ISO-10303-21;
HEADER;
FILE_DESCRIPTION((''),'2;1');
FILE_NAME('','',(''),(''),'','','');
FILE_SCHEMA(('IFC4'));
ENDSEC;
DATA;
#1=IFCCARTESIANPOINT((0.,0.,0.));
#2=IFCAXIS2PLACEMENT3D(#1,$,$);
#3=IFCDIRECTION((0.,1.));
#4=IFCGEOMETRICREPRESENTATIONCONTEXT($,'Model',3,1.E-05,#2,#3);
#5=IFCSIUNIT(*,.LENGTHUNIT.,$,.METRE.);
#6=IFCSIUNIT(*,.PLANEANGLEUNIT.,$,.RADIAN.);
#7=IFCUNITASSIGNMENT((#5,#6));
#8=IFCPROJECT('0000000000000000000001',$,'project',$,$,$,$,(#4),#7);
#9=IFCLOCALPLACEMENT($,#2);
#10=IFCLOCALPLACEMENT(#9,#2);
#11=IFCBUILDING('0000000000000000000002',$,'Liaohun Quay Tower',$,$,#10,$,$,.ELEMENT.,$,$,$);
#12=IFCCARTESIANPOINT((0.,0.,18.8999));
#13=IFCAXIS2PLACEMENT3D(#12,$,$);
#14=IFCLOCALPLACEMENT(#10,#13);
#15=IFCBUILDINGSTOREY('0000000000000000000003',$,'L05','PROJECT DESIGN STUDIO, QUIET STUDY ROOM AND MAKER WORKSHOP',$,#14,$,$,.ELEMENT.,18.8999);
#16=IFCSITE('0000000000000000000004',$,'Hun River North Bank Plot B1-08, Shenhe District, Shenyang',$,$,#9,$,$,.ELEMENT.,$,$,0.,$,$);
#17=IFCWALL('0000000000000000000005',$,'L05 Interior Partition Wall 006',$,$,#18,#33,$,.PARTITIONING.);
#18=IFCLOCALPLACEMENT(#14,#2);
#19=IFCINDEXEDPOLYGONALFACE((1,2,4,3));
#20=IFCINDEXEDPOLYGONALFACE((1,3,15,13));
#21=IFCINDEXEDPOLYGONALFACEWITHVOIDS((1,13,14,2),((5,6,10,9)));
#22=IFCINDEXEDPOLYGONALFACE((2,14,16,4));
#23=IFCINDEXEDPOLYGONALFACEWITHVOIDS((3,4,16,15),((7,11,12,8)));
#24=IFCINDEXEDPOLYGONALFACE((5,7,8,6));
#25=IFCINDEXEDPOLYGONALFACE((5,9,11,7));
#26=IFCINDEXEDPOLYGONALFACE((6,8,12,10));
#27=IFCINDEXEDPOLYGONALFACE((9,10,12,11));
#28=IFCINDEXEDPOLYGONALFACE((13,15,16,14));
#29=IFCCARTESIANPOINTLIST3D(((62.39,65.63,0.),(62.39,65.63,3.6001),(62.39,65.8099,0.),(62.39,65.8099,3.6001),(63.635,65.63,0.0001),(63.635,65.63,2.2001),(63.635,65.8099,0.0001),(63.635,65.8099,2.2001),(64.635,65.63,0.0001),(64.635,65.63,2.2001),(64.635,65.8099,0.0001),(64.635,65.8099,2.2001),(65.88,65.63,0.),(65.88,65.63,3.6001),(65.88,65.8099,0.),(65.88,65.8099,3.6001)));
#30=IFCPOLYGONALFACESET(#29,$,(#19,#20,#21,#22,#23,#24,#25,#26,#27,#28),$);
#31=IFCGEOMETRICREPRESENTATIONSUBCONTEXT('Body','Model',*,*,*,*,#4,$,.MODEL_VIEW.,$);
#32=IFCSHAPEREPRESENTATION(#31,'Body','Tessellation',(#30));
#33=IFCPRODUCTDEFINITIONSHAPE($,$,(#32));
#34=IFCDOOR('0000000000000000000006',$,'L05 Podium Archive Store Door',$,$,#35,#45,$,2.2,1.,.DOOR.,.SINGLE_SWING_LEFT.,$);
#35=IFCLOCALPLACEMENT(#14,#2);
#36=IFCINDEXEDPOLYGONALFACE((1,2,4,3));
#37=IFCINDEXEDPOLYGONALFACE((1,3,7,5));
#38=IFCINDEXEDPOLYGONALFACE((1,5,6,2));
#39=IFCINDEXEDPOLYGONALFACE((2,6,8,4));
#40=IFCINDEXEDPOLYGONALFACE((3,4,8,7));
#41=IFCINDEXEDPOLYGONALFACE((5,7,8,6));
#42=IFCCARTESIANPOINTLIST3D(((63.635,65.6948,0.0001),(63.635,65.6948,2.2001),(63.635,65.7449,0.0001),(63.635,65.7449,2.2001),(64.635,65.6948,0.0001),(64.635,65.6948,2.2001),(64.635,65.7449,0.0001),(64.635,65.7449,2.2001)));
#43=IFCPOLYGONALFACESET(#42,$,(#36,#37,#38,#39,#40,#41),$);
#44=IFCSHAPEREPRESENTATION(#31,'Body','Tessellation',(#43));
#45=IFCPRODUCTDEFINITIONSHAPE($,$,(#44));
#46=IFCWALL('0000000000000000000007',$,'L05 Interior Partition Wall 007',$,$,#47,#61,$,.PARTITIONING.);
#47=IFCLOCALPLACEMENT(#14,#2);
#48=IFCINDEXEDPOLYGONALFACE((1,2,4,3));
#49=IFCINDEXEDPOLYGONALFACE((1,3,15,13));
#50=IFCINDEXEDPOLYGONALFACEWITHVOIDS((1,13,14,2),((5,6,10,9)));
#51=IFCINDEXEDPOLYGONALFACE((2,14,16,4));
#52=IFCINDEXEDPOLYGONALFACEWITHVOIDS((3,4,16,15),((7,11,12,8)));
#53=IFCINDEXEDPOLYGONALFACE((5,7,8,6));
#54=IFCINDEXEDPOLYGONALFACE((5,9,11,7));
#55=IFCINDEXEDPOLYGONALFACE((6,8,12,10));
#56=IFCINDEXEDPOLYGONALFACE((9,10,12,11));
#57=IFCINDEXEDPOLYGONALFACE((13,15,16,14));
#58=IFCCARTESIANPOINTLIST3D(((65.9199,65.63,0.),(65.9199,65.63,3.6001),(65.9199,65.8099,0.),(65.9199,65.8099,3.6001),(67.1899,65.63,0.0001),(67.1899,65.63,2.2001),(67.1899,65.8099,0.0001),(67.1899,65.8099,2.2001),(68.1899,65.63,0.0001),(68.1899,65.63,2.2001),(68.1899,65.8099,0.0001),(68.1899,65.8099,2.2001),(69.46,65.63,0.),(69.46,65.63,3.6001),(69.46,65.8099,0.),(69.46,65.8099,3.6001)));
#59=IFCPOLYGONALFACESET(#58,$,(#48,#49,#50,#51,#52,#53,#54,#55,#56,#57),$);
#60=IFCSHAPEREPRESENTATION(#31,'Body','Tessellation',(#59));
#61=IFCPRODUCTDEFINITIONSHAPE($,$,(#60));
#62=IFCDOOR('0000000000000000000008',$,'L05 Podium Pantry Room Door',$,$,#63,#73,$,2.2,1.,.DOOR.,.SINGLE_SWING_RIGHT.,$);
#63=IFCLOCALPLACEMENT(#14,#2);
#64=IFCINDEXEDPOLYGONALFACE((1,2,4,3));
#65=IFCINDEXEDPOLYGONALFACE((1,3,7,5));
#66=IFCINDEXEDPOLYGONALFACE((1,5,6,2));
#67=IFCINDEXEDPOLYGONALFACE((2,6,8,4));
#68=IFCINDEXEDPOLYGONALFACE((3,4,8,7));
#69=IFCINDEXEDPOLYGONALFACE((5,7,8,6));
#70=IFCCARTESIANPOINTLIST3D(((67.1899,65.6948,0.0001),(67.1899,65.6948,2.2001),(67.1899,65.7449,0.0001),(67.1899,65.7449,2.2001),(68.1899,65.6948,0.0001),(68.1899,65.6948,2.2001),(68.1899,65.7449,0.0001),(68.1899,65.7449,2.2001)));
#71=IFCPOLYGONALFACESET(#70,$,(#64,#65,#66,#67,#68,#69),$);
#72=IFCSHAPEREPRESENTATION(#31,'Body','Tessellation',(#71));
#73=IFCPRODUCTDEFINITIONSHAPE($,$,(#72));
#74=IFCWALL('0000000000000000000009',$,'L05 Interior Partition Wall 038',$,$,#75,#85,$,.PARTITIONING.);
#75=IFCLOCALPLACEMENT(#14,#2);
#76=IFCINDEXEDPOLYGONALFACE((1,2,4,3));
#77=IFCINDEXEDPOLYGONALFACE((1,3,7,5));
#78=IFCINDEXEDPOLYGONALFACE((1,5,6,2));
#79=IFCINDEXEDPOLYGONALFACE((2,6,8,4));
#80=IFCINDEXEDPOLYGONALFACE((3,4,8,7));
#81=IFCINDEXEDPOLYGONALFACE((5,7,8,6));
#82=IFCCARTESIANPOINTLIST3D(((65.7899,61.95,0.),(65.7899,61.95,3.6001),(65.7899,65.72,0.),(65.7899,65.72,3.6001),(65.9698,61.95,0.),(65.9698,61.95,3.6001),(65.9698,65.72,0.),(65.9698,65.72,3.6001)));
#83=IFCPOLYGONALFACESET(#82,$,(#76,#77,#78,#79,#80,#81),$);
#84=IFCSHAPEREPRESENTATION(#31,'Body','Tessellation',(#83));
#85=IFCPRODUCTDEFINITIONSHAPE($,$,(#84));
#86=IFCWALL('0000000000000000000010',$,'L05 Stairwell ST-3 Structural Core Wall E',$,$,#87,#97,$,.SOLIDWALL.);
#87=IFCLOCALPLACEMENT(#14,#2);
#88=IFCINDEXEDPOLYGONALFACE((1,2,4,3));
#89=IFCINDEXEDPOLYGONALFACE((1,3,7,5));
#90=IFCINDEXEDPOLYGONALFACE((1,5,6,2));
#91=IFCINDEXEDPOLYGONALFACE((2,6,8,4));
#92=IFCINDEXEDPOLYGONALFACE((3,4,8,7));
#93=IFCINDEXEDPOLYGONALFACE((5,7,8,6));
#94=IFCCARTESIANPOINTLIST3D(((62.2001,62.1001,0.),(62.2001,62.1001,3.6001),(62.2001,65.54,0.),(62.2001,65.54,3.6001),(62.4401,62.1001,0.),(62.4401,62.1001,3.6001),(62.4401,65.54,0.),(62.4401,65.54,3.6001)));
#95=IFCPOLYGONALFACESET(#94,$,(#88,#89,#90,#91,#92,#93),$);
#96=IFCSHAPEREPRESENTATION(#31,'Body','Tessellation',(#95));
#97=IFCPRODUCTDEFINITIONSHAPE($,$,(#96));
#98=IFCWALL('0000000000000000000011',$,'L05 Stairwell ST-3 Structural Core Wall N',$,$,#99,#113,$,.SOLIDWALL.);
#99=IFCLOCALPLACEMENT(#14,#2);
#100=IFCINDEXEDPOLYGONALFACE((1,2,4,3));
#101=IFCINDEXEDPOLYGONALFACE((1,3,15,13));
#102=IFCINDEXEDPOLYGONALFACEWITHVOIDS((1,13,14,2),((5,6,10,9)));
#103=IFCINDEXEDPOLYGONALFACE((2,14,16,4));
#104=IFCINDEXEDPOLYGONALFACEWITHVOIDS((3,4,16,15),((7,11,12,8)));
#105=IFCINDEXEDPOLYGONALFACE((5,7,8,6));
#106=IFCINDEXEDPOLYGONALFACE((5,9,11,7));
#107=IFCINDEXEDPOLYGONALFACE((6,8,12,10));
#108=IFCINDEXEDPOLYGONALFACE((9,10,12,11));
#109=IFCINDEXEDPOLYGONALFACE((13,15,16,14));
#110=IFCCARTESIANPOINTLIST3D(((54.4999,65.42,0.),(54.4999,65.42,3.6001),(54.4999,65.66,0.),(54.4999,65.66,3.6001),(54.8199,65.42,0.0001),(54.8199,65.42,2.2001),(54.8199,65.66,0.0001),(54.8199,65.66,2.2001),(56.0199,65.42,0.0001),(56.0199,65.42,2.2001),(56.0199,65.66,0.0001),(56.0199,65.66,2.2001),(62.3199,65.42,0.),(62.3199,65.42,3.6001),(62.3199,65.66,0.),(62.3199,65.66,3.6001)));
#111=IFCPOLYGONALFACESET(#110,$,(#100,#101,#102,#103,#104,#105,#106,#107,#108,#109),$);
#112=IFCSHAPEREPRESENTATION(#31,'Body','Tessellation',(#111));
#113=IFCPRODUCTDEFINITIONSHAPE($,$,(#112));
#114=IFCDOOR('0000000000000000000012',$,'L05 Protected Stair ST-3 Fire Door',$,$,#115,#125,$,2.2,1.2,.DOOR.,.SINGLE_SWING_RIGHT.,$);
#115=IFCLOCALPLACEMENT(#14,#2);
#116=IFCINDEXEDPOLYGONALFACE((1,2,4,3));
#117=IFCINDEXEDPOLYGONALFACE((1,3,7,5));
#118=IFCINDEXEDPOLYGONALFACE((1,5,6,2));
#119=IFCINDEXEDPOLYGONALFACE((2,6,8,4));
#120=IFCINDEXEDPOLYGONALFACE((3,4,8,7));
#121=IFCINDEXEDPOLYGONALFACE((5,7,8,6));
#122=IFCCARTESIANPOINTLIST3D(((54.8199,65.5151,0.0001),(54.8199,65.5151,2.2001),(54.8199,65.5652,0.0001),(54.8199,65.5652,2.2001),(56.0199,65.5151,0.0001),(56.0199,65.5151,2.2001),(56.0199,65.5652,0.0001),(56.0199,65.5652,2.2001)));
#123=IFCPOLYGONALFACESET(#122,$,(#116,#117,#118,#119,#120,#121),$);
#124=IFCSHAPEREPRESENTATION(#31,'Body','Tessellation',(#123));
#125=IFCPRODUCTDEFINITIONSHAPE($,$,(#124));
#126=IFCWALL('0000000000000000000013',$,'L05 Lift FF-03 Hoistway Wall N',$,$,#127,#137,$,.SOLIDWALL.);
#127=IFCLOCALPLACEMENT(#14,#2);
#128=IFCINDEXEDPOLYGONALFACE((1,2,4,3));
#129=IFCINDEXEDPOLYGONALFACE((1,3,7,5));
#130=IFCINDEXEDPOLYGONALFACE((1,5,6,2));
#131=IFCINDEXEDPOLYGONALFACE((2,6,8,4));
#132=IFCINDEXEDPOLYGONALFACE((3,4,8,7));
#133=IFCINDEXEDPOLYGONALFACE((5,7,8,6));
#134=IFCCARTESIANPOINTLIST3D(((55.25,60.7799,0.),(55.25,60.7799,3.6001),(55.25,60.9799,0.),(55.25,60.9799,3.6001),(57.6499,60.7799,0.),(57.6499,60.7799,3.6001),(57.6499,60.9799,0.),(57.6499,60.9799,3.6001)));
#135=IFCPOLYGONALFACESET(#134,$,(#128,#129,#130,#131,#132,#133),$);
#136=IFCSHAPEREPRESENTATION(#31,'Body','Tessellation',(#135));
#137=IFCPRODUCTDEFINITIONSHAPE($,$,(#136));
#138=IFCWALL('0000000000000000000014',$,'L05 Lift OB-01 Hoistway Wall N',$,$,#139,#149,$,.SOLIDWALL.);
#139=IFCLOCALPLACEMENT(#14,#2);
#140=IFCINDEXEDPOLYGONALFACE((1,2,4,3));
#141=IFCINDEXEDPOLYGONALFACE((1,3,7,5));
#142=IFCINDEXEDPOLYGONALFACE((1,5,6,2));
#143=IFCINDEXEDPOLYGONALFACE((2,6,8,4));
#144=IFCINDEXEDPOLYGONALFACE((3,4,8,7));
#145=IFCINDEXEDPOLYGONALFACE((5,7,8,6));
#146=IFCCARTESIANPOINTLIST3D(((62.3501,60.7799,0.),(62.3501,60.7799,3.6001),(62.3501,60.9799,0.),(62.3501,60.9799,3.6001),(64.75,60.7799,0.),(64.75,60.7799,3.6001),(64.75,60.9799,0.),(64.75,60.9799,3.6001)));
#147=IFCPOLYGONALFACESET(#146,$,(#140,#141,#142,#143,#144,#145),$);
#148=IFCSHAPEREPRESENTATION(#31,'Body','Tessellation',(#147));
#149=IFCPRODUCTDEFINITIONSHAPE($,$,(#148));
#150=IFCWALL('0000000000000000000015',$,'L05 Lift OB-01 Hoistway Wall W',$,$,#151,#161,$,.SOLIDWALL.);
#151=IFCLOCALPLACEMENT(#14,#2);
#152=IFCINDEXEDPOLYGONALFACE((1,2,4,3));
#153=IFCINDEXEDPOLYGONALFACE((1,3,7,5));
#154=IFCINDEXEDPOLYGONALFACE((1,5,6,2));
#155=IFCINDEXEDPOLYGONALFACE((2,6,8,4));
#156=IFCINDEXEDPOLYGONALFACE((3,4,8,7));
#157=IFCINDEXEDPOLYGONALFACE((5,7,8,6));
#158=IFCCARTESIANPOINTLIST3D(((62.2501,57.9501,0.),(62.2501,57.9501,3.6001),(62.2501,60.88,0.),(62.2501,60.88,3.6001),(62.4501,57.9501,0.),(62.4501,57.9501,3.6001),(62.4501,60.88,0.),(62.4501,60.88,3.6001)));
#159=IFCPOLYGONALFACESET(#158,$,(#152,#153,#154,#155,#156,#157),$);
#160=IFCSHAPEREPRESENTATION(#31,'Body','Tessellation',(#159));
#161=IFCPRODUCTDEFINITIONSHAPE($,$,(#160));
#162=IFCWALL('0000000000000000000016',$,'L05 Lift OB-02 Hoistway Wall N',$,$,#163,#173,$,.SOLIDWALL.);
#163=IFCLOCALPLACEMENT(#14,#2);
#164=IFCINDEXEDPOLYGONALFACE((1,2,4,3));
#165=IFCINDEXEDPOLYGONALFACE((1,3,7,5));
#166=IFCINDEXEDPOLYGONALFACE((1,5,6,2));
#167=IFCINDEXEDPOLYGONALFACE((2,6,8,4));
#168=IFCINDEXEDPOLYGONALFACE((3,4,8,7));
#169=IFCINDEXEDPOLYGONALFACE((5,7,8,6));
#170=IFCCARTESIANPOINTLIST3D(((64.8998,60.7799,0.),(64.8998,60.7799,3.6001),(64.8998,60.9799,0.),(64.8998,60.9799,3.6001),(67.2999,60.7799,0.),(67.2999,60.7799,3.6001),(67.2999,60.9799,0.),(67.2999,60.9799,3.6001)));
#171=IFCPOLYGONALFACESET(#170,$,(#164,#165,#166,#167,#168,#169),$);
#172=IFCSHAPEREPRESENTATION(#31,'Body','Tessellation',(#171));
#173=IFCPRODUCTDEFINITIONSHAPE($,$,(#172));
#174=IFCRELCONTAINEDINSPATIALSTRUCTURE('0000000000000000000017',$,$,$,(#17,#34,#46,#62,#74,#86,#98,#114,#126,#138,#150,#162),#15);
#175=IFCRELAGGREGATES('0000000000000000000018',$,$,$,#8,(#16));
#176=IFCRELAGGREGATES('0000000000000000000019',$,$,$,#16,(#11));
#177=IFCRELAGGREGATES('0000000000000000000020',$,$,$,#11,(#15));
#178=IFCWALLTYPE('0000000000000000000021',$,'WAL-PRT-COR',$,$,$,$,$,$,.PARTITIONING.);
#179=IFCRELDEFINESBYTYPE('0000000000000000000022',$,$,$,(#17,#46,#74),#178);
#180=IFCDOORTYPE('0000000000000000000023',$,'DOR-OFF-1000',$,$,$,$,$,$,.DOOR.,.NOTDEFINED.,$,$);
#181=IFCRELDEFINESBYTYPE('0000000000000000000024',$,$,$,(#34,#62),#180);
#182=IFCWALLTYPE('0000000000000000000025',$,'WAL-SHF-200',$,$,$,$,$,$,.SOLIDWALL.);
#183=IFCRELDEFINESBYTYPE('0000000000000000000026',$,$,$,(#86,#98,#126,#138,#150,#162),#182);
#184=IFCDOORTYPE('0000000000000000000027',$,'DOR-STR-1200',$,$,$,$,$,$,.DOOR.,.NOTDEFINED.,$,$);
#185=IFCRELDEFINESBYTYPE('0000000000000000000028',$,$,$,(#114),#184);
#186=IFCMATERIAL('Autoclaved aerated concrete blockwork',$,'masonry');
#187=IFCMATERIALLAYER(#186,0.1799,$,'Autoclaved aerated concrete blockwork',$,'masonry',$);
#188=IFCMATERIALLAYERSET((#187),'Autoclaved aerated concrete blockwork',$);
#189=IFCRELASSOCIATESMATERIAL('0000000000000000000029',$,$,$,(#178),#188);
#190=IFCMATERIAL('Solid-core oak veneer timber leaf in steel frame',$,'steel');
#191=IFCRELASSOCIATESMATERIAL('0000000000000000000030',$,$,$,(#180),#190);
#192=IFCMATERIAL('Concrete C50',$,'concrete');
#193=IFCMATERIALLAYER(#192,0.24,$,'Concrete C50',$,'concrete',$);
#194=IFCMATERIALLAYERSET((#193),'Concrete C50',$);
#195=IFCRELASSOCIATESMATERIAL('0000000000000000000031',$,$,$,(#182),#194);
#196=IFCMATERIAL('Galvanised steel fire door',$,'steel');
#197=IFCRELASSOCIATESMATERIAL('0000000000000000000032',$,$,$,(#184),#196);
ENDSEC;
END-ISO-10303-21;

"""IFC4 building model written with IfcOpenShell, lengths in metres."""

from ifc_helpers import new_model, si_unit, direction, frame, frame_2d, origin, place, context, subcontext, project, spatial, rectangle, extrude, source, transform, mapped, material, layer, layer_set, type_object, element, fill, save


model = new_model("IFC4")

# Units and contexts
model_context = context("Model", 3, precision=1e-05, world=origin(), true_north=direction((0.0, 1.0)))
body_context = subcontext(model_context, "Body", "Model", "MODEL_VIEW")
ifc_project = project(units=[si_unit("LENGTHUNIT", "METRE"), si_unit("PLANEANGLEUNIT", "RADIAN")], contexts=[model_context])

# Site, building, storey
site_placement = place(None, origin())
site = spatial("IfcSite", under=ifc_project, at=site_placement, Name="Hun River North Bank Plot B1-08, Shenhe District, Shenyang", CompositionType="ELEMENT", RefElevation=0.0)
building_placement = place(site_placement, origin())
building = spatial("IfcBuilding", under=site, at=building_placement, Name="Liaohun Quay Tower", CompositionType="ELEMENT")
storey_placement = place(building_placement, frame((0.0, 0.0, 18.8999)))
storey = spatial("IfcBuildingStorey", under=building, at=storey_placement, Name="L05", Description="PROJECT DESIGN STUDIO, QUIET STUDY ROOM AND MAKER WORKSHOP", CompositionType="ELEMENT", Elevation=18.8999)

# Walls, openings, doors
ifc_material_1 = material(Name="Autoclaved aerated concrete blockwork", Category="masonry")
ifc_layer_1 = layer(ifc_material_1, 0.1799, Name="Autoclaved aerated concrete blockwork", Category="masonry")
ifc_layer_set_1 = layer_set([ifc_layer_1], Name="Autoclaved aerated concrete blockwork")
wall_type_1 = type_object("IfcWallType", Name="WAL-PRT-COR", PredefinedType="PARTITIONING", material=ifc_layer_set_1)
wall_1_placement = place(storey_placement, frame((62.3899, 65.72, 0.0), z_axis=(0.0, 0.0, 1.0), x_axis=(1.0, 0.0, 0.0)))
wall_1 = element("IfcWall", 1, at=wall_1_placement, inside=storey, type_object=wall_type_1, Name="L05 Interior Partition Wall 006", PredefinedType="PARTITIONING", context=body_context, shape_type="SweptSolid", body=[
    extrude(rectangle(XDim=3.49, YDim=0.1799, at=frame_2d((1.7451, 0.0))), origin(), (0.0, 0.0, 1.0), 3.6001),
])
shared_shape_1 = source(origin(), body_context, "Body", "SweptSolid", [
    extrude(rectangle(XDim=1.0, YDim=2.2, at=frame_2d((0.5, 1.1001))), frame((0.0, 0.0999, 0.0), z_axis=(0.0, -1.0, 0.0), x_axis=(1.0, 0.0, 0.0)), (0.0, 0.0, 1.0), 0.2),
])
opening_1_placement = place(wall_1_placement, frame((1.2451, 0.0, 0.0)))
opening_1 = element("IfcOpeningElement", 2, at=opening_1_placement, cuts=wall_1, PredefinedType="OPENING", context=body_context, shape_type="MappedRepresentation", body=[
    mapped(shared_shape_1, transform((0.0, 0.0, 0.0), x_axis=(1.0, 0.0, 0.0), y_axis=(0.0, 1.0, 0.0), z_axis=(0.0, 0.0, 1.0), scale=1.0)),
])
ifc_material_2 = material(Name="Solid-core oak veneer timber leaf in steel frame", Category="steel")
door_type_1 = type_object("IfcDoorType", Name="DOR-OFF-1000", OperationType="NOTDEFINED", PredefinedType="DOOR", material=ifc_material_2)
shared_shape_2 = source(origin(), body_context, "Body", "SweptSolid", [
    extrude(rectangle(XDim=1.0, YDim=2.2, at=frame_2d((0.5, 1.1001))), frame((0.0, 0.0249, 0.0), z_axis=(0.0, -1.0, 0.0), x_axis=(1.0, 0.0, 0.0)), (0.0, 0.0, 1.0), 0.05),
])
door_1_placement = place(opening_1_placement, origin())
door_1 = element("IfcDoor", 3, at=door_1_placement, inside=storey, type_object=door_type_1, Name="L05 Podium Archive Store Door", OperationType="SINGLE_SWING_LEFT", OverallHeight=2.2, OverallWidth=1.0, PredefinedType="DOOR", context=body_context, shape_type="MappedRepresentation", body=[
    mapped(shared_shape_2, transform((0.0, 0.0, 0.0), x_axis=(1.0, 0.0, 0.0), y_axis=(0.0, 1.0, 0.0), z_axis=(0.0, 0.0, 1.0), scale=1.0)),
])
fill(opening_1, door_1)
wall_2_placement = place(storey_placement, frame((65.9199, 65.72, 0.0), z_axis=(0.0, 0.0, 1.0), x_axis=(1.0, 0.0, 0.0)))
wall_2 = element("IfcWall", 4, at=wall_2_placement, inside=storey, type_object=wall_type_1, Name="L05 Interior Partition Wall 007", PredefinedType="PARTITIONING", context=body_context, shape_type="SweptSolid", body=[
    extrude(rectangle(XDim=3.54, YDim=0.1799, at=frame_2d((1.77, 0.0))), origin(), (0.0, 0.0, 1.0), 3.6001),
])
opening_2_placement = place(wall_2_placement, frame((1.27, 0.0, 0.0)))
opening_2 = element("IfcOpeningElement", 5, at=opening_2_placement, cuts=wall_2, PredefinedType="OPENING", context=body_context, shape_type="MappedRepresentation", body=[
    mapped(shared_shape_1, transform((0.0, 0.0, 0.0), x_axis=(1.0, 0.0, 0.0), y_axis=(0.0, 1.0, 0.0), z_axis=(0.0, 0.0, 1.0), scale=1.0)),
])
door_2_placement = place(opening_2_placement, origin())
door_2 = element("IfcDoor", 6, at=door_2_placement, inside=storey, type_object=door_type_1, Name="L05 Podium Pantry Room Door", OperationType="SINGLE_SWING_RIGHT", OverallHeight=2.2, OverallWidth=1.0, PredefinedType="DOOR", context=body_context, shape_type="MappedRepresentation", body=[
    mapped(shared_shape_2, transform((0.0, 0.0, 0.0), x_axis=(1.0, 0.0, 0.0), y_axis=(0.0, 1.0, 0.0), z_axis=(0.0, 0.0, 1.0), scale=1.0)),
])
fill(opening_2, door_2)

# Walls
wall_3_placement = place(storey_placement, frame((65.8799, 61.95, 0.0), z_axis=(0.0, 0.0, 1.0), x_axis=(0.0, 1.0, 0.0)))
element("IfcWall", 7, at=wall_3_placement, inside=storey, type_object=wall_type_1, Name="L05 Interior Partition Wall 038", PredefinedType="PARTITIONING", context=body_context, shape_type="SweptSolid", body=[
    extrude(rectangle(XDim=3.77, YDim=0.1799, at=frame_2d((1.885, 0.0))), origin(), (0.0, 0.0, 1.0), 3.6001),
])
ifc_material_3 = material(Name="Concrete C50", Category="concrete")
ifc_layer_2 = layer(ifc_material_3, 0.24, Name="Concrete C50", Category="concrete")
ifc_layer_set_2 = layer_set([ifc_layer_2], Name="Concrete C50")
wall_type_2 = type_object("IfcWallType", Name="WAL-SHF-200", PredefinedType="SOLIDWALL", material=ifc_layer_set_2)
wall_4_placement = place(storey_placement, frame((62.3201, 62.1001, 0.0), z_axis=(0.0, 0.0, 1.0), x_axis=(0.0, 1.0, 0.0)))
element("IfcWall", 8, at=wall_4_placement, inside=storey, type_object=wall_type_2, Name="L05 Stairwell ST-3 Structural Core Wall E", PredefinedType="SOLIDWALL", context=body_context, shape_type="SweptSolid", body=[
    extrude(rectangle(XDim=3.4399, YDim=0.24, at=frame_2d((1.72, 0.0))), origin(), (0.0, 0.0, 1.0), 3.6001),
])

# Wall, opening, door
wall_5_placement = place(storey_placement, frame((62.3201, 65.54, 0.0), z_axis=(0.0, 0.0, 1.0), x_axis=(-1.0, 0.0, 0.0)))
wall_5 = element("IfcWall", 9, at=wall_5_placement, inside=storey, type_object=wall_type_2, Name="L05 Stairwell ST-3 Structural Core Wall N", PredefinedType="SOLIDWALL", context=body_context, shape_type="SweptSolid", body=[
    extrude(rectangle(XDim=7.8201, YDim=0.24, at=frame_2d((3.9102, 0.0))), origin(), (0.0, 0.0, 1.0), 3.6001),
])
shared_shape_3 = source(origin(), body_context, "Body", "SweptSolid", [
    extrude(rectangle(XDim=1.2, YDim=2.2, at=frame_2d((0.6001, 1.1001))), frame((0.0, 0.1299, 0.0), z_axis=(0.0, -1.0, 0.0), x_axis=(1.0, 0.0, 0.0)), (0.0, 0.0, 1.0), 0.26),
])
opening_3_placement = place(wall_5_placement, frame((6.3, 0.0, 0.0)))
opening_3 = element("IfcOpeningElement", 10, at=opening_3_placement, cuts=wall_5, PredefinedType="OPENING", context=body_context, shape_type="MappedRepresentation", body=[
    mapped(shared_shape_3, transform((0.0, 0.0, 0.0), x_axis=(1.0, 0.0, 0.0), y_axis=(0.0, 1.0, 0.0), z_axis=(0.0, 0.0, 1.0), scale=1.0)),
])
ifc_material_4 = material(Name="Galvanised steel fire door", Category="steel")
door_type_2 = type_object("IfcDoorType", Name="DOR-STR-1200", OperationType="NOTDEFINED", PredefinedType="DOOR", material=ifc_material_4)
shared_shape_4 = source(origin(), body_context, "Body", "SweptSolid", [
    extrude(rectangle(XDim=1.2, YDim=2.2, at=frame_2d((0.6001, 1.1001))), frame((0.0, 0.0249, 0.0), z_axis=(0.0, -1.0, 0.0), x_axis=(1.0, 0.0, 0.0)), (0.0, 0.0, 1.0), 0.05),
])
door_3_placement = place(opening_3_placement, origin())
door_3 = element("IfcDoor", 11, at=door_3_placement, inside=storey, type_object=door_type_2, Name="L05 Protected Stair ST-3 Fire Door", OperationType="SINGLE_SWING_RIGHT", OverallHeight=2.2, OverallWidth=1.2, PredefinedType="DOOR", context=body_context, shape_type="MappedRepresentation", body=[
    mapped(shared_shape_4, transform((0.0, 0.0, 0.0), x_axis=(1.0, 0.0, 0.0), y_axis=(0.0, 1.0, 0.0), z_axis=(0.0, 0.0, 1.0), scale=1.0)),
])
fill(opening_3, door_3)

# Walls
for number, where, z_axis, x_axis, name in (
    (12, (57.6499, 60.8799, 0.0), (0.0, 0.0, 1.0), (-1.0, 0.0, 0.0), "L05 Lift FF-03 Hoistway Wall N"),
    (13, (64.75, 60.8799, 0.0), (0.0, 0.0, 1.0), (-1.0, 0.0, 0.0), "L05 Lift OB-01 Hoistway Wall N"),
):
    element("IfcWall", number, at=place(storey_placement, frame(where, z_axis=z_axis, x_axis=x_axis)), inside=storey, type_object=wall_type_2, Name=name, PredefinedType="SOLIDWALL", context=body_context, shape_type="SweptSolid", body=[
        extrude(rectangle(XDim=2.3999, YDim=0.2, at=frame_2d((1.2, 0.0))), origin(), (0.0, 0.0, 1.0), 3.6001),
    ])
wall_6_placement = place(storey_placement, frame((62.3501, 60.8799, 0.0), z_axis=(0.0, 0.0, 1.0), x_axis=(0.0, -1.0, 0.0)))
element("IfcWall", 14, at=wall_6_placement, inside=storey, type_object=wall_type_2, Name="L05 Lift OB-01 Hoistway Wall W", PredefinedType="SOLIDWALL", context=body_context, shape_type="SweptSolid", body=[
    extrude(rectangle(XDim=2.9299, YDim=0.2, at=frame_2d((1.4648, 0.0))), origin(), (0.0, 0.0, 1.0), 3.6001),
])
wall_7_placement = place(storey_placement, frame((67.3, 60.8799, 0.0), z_axis=(0.0, 0.0, 1.0), x_axis=(-1.0, 0.0, 0.0)))
element("IfcWall", 15, at=wall_7_placement, inside=storey, type_object=wall_type_2, Name="L05 Lift OB-02 Hoistway Wall N", PredefinedType="SOLIDWALL", context=body_context, shape_type="SweptSolid", body=[
    extrude(rectangle(XDim=2.4001, YDim=0.2, at=frame_2d((1.2002, 0.0))), origin(), (0.0, 0.0, 1.0), 3.6001),
])

save(model, "model.ifc")
